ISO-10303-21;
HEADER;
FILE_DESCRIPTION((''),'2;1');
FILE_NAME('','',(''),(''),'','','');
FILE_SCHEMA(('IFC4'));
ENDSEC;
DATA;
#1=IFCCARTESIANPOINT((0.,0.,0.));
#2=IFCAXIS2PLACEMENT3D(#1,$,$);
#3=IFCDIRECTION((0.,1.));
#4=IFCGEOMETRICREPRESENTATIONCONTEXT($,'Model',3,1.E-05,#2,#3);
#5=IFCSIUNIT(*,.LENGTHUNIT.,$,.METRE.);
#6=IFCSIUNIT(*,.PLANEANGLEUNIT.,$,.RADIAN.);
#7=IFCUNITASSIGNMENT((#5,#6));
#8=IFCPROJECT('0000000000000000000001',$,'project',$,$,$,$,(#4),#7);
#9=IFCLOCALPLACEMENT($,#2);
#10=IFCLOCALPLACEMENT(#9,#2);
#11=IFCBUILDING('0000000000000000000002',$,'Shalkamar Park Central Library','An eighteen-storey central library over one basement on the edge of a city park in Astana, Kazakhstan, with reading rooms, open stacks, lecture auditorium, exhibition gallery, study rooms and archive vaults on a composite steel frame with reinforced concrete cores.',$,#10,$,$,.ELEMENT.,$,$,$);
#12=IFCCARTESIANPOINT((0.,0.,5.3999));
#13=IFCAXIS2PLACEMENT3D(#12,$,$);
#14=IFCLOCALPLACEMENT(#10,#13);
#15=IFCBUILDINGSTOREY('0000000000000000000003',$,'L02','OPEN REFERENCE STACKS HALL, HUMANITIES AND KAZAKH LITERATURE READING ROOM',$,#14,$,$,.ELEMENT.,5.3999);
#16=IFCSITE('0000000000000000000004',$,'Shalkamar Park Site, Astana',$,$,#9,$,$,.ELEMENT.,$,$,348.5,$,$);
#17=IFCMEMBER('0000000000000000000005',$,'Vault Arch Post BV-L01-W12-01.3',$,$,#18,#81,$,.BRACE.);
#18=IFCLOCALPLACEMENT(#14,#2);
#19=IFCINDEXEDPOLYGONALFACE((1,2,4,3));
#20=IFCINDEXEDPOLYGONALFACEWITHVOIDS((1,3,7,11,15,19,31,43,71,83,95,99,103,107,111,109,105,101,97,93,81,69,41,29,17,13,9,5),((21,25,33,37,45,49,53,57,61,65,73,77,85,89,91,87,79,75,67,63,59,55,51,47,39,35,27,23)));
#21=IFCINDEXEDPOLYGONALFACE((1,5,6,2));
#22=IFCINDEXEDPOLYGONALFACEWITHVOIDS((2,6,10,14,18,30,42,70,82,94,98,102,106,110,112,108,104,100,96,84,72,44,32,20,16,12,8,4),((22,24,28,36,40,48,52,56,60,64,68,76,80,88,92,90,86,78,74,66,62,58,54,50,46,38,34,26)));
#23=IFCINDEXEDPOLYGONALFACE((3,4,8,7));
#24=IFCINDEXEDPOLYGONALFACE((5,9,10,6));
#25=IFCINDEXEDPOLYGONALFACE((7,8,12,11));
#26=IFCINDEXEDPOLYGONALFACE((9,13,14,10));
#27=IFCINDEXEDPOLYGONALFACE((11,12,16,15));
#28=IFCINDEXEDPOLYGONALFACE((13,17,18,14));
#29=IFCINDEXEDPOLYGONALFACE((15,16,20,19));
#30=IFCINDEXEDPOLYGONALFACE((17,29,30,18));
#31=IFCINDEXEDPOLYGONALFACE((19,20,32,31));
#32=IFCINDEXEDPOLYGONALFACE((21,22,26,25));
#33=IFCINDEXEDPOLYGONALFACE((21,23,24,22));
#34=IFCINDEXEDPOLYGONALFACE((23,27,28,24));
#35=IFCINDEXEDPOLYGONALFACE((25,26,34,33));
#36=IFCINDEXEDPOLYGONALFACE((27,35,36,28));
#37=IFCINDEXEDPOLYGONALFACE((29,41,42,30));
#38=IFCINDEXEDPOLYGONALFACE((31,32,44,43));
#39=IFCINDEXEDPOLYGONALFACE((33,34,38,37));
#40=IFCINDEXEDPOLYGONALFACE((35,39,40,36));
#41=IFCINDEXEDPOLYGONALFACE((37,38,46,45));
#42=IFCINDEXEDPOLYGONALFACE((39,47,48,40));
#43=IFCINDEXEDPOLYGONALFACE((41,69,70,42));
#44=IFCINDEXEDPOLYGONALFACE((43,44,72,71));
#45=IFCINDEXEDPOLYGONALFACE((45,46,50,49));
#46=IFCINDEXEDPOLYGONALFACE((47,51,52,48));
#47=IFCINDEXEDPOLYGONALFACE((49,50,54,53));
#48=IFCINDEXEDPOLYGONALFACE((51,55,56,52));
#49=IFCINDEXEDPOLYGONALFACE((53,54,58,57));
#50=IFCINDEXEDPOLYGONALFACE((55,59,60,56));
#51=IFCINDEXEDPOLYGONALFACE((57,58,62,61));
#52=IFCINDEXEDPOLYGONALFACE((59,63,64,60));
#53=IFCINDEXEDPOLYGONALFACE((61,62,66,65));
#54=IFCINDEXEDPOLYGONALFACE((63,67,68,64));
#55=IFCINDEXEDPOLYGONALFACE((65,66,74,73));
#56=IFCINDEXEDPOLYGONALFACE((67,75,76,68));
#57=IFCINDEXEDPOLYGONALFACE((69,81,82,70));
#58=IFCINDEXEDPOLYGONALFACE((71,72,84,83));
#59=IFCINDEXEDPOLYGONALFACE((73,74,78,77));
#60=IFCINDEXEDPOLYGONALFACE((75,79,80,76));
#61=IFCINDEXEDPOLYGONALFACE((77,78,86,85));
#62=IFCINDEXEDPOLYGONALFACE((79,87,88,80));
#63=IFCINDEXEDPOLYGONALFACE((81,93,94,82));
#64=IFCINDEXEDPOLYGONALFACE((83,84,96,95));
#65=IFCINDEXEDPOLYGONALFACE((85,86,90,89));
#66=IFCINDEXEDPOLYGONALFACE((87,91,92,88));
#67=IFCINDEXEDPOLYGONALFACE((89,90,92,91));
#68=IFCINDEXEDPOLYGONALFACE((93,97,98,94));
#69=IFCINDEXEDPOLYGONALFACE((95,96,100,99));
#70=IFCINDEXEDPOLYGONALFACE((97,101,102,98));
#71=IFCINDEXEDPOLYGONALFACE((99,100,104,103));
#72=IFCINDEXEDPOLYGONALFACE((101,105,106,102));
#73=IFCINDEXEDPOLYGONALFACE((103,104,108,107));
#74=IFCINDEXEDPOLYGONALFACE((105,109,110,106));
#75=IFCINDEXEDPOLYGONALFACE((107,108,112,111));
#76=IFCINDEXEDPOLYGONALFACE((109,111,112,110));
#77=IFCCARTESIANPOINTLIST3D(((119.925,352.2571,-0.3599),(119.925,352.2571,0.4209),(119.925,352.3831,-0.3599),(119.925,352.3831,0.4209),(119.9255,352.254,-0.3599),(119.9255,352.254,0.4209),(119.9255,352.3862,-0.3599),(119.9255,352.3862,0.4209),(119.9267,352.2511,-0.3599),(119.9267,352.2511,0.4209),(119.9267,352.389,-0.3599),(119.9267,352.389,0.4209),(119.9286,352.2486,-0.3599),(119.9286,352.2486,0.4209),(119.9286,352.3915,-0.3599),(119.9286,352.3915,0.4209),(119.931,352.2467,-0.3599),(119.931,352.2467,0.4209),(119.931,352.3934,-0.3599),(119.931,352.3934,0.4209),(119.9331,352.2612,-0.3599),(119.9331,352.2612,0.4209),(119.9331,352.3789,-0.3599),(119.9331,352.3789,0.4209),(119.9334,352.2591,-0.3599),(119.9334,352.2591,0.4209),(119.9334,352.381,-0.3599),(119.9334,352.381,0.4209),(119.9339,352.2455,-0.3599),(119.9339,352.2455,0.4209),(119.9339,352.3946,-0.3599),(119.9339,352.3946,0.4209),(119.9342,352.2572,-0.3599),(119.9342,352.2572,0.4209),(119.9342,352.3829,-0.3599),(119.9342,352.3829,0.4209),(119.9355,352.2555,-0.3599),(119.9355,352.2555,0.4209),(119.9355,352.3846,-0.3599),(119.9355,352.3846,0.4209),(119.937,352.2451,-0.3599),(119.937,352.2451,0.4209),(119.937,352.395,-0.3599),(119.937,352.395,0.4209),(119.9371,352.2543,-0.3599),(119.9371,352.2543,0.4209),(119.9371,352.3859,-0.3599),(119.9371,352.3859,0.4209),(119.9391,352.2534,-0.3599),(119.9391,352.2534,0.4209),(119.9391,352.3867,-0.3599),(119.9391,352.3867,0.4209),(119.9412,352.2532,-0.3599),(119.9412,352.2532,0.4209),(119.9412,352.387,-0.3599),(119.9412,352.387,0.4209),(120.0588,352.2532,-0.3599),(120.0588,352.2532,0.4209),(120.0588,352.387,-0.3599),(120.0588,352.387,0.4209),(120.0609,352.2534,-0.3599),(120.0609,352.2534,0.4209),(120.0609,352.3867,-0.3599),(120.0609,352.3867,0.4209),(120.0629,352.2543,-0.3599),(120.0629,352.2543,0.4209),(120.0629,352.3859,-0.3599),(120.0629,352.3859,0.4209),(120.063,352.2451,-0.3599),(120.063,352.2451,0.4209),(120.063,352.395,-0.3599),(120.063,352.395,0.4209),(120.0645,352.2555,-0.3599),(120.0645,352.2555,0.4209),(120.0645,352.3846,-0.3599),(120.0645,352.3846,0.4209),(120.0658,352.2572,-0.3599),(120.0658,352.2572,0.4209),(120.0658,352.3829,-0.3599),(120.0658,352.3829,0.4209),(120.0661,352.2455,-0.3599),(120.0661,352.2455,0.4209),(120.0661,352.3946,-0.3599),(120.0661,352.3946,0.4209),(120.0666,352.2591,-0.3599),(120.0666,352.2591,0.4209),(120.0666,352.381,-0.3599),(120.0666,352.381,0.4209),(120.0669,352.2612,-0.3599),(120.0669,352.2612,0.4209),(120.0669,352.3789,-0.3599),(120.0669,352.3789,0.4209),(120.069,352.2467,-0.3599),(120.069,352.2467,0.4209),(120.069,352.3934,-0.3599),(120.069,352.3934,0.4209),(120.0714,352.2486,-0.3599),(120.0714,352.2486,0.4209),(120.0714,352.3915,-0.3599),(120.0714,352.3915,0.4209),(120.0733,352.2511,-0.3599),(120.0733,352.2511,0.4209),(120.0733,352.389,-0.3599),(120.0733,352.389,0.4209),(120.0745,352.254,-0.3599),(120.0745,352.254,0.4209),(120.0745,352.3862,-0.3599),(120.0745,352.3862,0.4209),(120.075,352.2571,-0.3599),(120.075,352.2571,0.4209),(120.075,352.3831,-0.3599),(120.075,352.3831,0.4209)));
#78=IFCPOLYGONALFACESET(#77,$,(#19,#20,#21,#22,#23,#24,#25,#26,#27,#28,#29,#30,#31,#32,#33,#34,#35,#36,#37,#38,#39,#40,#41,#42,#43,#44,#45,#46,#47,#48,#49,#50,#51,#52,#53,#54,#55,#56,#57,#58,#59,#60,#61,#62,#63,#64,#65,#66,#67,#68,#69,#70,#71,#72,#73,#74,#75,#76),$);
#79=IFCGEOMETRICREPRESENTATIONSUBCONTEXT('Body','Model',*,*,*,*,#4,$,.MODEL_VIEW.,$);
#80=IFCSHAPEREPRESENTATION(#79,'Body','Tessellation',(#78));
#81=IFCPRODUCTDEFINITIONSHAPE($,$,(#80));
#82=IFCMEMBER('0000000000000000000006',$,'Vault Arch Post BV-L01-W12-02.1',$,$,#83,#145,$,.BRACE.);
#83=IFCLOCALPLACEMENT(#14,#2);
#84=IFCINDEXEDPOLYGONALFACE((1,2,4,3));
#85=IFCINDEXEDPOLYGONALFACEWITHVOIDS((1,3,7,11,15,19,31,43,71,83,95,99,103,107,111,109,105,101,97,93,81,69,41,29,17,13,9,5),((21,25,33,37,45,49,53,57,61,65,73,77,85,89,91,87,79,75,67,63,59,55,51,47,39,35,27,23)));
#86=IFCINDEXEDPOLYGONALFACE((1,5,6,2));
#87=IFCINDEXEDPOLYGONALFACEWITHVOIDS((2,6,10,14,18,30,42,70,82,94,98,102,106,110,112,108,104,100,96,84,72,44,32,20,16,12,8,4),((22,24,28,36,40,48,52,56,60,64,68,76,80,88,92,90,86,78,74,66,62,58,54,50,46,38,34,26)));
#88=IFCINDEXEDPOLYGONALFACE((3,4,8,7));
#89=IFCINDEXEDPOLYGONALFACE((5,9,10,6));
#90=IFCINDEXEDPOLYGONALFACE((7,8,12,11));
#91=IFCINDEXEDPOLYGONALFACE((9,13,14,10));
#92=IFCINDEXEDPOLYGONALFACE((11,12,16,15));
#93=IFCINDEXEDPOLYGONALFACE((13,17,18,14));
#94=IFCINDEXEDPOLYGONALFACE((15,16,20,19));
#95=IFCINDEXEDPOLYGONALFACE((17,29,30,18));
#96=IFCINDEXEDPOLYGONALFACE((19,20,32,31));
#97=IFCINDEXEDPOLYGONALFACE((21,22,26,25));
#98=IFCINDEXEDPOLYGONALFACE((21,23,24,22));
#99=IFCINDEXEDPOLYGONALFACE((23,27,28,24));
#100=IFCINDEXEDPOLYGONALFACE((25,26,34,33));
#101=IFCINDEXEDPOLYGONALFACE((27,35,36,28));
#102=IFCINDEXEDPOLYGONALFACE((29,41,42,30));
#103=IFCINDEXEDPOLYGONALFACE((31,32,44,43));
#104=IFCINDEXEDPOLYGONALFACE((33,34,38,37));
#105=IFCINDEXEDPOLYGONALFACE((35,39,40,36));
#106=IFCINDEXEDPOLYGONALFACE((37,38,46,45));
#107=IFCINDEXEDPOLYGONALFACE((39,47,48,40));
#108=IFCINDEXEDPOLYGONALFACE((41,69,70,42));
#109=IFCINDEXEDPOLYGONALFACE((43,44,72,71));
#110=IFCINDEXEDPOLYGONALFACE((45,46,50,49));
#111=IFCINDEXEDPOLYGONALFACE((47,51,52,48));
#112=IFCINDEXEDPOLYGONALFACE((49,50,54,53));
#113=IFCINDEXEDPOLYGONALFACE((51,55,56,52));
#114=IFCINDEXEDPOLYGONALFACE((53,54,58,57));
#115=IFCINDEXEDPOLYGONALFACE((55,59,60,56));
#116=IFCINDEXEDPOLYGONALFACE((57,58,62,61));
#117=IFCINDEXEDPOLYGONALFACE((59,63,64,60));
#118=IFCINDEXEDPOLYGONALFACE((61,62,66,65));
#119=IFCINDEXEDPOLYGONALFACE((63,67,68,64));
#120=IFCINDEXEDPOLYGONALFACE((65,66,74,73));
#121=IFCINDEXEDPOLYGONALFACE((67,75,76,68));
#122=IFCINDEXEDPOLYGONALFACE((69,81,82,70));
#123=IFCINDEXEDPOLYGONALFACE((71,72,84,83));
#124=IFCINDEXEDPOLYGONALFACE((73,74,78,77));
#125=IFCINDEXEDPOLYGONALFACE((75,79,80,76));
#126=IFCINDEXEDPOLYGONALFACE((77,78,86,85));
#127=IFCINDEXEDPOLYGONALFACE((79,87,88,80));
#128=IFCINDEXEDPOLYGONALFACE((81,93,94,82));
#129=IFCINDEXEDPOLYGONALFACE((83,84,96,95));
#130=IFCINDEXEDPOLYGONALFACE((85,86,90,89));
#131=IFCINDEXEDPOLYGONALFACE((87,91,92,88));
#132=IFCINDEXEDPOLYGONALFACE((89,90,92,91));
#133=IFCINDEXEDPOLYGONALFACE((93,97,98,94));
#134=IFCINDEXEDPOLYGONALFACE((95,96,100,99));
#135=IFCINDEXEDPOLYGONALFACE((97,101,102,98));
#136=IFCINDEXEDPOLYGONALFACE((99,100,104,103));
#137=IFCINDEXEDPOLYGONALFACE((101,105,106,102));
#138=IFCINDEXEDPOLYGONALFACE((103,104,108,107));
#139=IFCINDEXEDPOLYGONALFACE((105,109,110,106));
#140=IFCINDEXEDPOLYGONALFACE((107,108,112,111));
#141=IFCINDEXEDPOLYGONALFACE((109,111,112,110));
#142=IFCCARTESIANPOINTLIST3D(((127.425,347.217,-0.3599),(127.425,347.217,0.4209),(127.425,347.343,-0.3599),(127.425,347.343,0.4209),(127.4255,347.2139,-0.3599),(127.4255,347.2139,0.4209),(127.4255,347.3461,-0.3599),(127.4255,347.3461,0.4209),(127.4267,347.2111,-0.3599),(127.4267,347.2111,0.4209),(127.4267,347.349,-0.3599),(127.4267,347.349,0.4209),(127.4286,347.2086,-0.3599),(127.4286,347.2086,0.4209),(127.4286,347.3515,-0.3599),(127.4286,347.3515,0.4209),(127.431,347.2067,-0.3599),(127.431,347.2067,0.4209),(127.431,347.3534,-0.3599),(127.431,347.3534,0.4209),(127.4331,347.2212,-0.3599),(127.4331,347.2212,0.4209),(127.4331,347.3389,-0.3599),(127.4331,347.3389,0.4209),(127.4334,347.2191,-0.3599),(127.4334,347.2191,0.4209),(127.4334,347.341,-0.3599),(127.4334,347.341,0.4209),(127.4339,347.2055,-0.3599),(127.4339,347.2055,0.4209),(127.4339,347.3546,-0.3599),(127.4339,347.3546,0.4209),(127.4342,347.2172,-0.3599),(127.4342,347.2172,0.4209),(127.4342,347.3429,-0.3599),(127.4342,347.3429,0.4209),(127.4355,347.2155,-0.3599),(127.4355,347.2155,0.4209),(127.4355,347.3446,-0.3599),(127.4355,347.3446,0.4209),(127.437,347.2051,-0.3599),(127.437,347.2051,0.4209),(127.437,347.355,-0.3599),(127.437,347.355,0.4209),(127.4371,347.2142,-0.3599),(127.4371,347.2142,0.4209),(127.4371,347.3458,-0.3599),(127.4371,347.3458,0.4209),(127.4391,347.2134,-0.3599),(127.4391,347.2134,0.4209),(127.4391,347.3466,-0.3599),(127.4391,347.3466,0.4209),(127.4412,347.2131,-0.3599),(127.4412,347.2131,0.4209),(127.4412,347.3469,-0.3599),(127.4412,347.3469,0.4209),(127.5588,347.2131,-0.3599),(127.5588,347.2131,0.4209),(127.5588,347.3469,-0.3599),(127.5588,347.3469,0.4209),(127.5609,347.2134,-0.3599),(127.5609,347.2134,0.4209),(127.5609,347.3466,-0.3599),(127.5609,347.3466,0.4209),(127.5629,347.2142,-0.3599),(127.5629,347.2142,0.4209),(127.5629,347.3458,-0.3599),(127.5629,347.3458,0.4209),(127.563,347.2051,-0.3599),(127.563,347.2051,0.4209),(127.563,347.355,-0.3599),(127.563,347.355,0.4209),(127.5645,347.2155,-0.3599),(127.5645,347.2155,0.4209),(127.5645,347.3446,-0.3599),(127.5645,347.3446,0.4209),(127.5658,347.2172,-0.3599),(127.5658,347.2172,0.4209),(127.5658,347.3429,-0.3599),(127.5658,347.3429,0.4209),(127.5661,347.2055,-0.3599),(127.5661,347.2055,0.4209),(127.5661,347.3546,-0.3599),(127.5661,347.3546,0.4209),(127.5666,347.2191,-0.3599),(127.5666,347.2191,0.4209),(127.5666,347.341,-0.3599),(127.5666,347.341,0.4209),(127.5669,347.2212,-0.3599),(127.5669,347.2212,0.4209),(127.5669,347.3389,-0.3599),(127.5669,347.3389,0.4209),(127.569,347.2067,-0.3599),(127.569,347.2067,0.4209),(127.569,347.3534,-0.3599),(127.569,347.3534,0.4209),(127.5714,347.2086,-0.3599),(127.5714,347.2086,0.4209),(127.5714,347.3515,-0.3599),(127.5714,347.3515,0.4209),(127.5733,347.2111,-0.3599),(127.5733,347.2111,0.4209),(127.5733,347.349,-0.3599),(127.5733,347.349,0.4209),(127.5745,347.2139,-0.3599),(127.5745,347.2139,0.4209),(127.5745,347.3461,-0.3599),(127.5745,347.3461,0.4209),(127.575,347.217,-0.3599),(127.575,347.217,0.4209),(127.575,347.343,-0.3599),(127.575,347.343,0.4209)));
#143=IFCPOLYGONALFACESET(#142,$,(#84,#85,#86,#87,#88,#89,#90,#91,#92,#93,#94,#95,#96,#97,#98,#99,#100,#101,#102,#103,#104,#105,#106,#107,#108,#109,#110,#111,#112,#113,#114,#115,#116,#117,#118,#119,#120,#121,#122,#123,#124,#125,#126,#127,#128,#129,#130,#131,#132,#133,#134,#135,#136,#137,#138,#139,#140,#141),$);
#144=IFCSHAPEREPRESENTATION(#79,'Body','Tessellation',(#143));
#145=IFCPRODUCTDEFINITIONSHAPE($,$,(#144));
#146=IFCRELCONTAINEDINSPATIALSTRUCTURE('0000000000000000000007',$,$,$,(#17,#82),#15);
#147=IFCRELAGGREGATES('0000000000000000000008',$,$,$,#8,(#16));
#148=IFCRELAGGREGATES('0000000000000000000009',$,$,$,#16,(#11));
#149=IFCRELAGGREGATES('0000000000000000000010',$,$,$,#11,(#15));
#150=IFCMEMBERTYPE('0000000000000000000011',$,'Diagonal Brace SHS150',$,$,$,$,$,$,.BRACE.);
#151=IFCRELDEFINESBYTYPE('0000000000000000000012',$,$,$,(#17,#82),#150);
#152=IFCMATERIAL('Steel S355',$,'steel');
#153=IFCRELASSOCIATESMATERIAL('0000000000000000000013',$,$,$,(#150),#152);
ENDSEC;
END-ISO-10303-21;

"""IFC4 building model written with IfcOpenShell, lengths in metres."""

from ifc_helpers import new_model, si_unit, direction, frame, origin, origin_2d, place, context, subcontext, project, spatial, hollow_rectangle, extrude, material, material_profile, profile_set, type_object, element, save


model = new_model("IFC4")

# Units and contexts
model_context = context("Model", 3, precision=1e-05, world=origin(), true_north=direction((0.0, 1.0)))
body_context = subcontext(model_context, "Body", "Model", "MODEL_VIEW")
ifc_project = project(units=[si_unit("LENGTHUNIT", "METRE"), si_unit("PLANEANGLEUNIT", "RADIAN")], contexts=[model_context])

# Site, building, storey
site_placement = place(None, origin())
site = spatial("IfcSite", under=ifc_project, at=site_placement, Name="Shalkamar Park Site, Astana", CompositionType="ELEMENT", RefElevation=348.5)
building_placement = place(site_placement, origin())
building = spatial("IfcBuilding", under=site, at=building_placement, Name="Shalkamar Park Central Library", Description="An eighteen-storey central library over one basement on the edge of a city park in Astana, Kazakhstan, with reading rooms, open stacks, lecture auditorium, exhibition gallery, study rooms and archive vaults on a composite steel frame with reinforced concrete cores.", CompositionType="ELEMENT")
storey_placement = place(building_placement, frame((0.0, 0.0, 5.3999)))
storey = spatial("IfcBuildingStorey", under=building, at=storey_placement, Name="L02", Description="OPEN REFERENCE STACKS HALL, HUMANITIES AND KAZAKH LITERATURE READING ROOM", CompositionType="ELEMENT", Elevation=5.3999)

# Members
ifc_material_1 = material(Name="Steel S355", Category="steel")
ifc_material_profile_1 = material_profile(ifc_material_1, hollow_rectangle(XDim=0.1499, YDim=0.1499, WallThickness=0.0081, InnerFilletRadius=0.0081, OuterFilletRadius=0.012, at=origin_2d()), Name="SHS 150x150x8")
ifc_profile_set_1 = profile_set([ifc_material_profile_1], Name="Steel S355")
member_type_1 = type_object("IfcMemberType", Name="Diagonal Brace SHS150", PredefinedType="BRACE", material=ifc_profile_set_1)
for number, where, z_axis, x_axis, name in (
    (1, (120.0, 352.3201, -0.3599), (0.0, 0.0, 1.0), (1.0, 0.0, 0.0), "Vault Arch Post BV-L01-W12-01.3"),
    (2, (127.5, 347.28, -0.3599), (0.0, 0.0, 1.0), (1.0, 0.0, 0.0), "Vault Arch Post BV-L01-W12-02.1"),
):
    element("IfcMember", number, at=place(storey_placement, frame(where, z_axis=z_axis, x_axis=x_axis)), inside=storey, type_object=member_type_1, Name=name, PredefinedType="BRACE", context=body_context, shape_type="SweptSolid", body=[
        extrude(hollow_rectangle(XDim=0.1499, YDim=0.1499, WallThickness=0.0081, InnerFilletRadius=0.0081, OuterFilletRadius=0.012, at=origin_2d()), origin(), (0.0, 0.0, 1.0), 0.7808),
    ])

save(model, "model.ifc")
